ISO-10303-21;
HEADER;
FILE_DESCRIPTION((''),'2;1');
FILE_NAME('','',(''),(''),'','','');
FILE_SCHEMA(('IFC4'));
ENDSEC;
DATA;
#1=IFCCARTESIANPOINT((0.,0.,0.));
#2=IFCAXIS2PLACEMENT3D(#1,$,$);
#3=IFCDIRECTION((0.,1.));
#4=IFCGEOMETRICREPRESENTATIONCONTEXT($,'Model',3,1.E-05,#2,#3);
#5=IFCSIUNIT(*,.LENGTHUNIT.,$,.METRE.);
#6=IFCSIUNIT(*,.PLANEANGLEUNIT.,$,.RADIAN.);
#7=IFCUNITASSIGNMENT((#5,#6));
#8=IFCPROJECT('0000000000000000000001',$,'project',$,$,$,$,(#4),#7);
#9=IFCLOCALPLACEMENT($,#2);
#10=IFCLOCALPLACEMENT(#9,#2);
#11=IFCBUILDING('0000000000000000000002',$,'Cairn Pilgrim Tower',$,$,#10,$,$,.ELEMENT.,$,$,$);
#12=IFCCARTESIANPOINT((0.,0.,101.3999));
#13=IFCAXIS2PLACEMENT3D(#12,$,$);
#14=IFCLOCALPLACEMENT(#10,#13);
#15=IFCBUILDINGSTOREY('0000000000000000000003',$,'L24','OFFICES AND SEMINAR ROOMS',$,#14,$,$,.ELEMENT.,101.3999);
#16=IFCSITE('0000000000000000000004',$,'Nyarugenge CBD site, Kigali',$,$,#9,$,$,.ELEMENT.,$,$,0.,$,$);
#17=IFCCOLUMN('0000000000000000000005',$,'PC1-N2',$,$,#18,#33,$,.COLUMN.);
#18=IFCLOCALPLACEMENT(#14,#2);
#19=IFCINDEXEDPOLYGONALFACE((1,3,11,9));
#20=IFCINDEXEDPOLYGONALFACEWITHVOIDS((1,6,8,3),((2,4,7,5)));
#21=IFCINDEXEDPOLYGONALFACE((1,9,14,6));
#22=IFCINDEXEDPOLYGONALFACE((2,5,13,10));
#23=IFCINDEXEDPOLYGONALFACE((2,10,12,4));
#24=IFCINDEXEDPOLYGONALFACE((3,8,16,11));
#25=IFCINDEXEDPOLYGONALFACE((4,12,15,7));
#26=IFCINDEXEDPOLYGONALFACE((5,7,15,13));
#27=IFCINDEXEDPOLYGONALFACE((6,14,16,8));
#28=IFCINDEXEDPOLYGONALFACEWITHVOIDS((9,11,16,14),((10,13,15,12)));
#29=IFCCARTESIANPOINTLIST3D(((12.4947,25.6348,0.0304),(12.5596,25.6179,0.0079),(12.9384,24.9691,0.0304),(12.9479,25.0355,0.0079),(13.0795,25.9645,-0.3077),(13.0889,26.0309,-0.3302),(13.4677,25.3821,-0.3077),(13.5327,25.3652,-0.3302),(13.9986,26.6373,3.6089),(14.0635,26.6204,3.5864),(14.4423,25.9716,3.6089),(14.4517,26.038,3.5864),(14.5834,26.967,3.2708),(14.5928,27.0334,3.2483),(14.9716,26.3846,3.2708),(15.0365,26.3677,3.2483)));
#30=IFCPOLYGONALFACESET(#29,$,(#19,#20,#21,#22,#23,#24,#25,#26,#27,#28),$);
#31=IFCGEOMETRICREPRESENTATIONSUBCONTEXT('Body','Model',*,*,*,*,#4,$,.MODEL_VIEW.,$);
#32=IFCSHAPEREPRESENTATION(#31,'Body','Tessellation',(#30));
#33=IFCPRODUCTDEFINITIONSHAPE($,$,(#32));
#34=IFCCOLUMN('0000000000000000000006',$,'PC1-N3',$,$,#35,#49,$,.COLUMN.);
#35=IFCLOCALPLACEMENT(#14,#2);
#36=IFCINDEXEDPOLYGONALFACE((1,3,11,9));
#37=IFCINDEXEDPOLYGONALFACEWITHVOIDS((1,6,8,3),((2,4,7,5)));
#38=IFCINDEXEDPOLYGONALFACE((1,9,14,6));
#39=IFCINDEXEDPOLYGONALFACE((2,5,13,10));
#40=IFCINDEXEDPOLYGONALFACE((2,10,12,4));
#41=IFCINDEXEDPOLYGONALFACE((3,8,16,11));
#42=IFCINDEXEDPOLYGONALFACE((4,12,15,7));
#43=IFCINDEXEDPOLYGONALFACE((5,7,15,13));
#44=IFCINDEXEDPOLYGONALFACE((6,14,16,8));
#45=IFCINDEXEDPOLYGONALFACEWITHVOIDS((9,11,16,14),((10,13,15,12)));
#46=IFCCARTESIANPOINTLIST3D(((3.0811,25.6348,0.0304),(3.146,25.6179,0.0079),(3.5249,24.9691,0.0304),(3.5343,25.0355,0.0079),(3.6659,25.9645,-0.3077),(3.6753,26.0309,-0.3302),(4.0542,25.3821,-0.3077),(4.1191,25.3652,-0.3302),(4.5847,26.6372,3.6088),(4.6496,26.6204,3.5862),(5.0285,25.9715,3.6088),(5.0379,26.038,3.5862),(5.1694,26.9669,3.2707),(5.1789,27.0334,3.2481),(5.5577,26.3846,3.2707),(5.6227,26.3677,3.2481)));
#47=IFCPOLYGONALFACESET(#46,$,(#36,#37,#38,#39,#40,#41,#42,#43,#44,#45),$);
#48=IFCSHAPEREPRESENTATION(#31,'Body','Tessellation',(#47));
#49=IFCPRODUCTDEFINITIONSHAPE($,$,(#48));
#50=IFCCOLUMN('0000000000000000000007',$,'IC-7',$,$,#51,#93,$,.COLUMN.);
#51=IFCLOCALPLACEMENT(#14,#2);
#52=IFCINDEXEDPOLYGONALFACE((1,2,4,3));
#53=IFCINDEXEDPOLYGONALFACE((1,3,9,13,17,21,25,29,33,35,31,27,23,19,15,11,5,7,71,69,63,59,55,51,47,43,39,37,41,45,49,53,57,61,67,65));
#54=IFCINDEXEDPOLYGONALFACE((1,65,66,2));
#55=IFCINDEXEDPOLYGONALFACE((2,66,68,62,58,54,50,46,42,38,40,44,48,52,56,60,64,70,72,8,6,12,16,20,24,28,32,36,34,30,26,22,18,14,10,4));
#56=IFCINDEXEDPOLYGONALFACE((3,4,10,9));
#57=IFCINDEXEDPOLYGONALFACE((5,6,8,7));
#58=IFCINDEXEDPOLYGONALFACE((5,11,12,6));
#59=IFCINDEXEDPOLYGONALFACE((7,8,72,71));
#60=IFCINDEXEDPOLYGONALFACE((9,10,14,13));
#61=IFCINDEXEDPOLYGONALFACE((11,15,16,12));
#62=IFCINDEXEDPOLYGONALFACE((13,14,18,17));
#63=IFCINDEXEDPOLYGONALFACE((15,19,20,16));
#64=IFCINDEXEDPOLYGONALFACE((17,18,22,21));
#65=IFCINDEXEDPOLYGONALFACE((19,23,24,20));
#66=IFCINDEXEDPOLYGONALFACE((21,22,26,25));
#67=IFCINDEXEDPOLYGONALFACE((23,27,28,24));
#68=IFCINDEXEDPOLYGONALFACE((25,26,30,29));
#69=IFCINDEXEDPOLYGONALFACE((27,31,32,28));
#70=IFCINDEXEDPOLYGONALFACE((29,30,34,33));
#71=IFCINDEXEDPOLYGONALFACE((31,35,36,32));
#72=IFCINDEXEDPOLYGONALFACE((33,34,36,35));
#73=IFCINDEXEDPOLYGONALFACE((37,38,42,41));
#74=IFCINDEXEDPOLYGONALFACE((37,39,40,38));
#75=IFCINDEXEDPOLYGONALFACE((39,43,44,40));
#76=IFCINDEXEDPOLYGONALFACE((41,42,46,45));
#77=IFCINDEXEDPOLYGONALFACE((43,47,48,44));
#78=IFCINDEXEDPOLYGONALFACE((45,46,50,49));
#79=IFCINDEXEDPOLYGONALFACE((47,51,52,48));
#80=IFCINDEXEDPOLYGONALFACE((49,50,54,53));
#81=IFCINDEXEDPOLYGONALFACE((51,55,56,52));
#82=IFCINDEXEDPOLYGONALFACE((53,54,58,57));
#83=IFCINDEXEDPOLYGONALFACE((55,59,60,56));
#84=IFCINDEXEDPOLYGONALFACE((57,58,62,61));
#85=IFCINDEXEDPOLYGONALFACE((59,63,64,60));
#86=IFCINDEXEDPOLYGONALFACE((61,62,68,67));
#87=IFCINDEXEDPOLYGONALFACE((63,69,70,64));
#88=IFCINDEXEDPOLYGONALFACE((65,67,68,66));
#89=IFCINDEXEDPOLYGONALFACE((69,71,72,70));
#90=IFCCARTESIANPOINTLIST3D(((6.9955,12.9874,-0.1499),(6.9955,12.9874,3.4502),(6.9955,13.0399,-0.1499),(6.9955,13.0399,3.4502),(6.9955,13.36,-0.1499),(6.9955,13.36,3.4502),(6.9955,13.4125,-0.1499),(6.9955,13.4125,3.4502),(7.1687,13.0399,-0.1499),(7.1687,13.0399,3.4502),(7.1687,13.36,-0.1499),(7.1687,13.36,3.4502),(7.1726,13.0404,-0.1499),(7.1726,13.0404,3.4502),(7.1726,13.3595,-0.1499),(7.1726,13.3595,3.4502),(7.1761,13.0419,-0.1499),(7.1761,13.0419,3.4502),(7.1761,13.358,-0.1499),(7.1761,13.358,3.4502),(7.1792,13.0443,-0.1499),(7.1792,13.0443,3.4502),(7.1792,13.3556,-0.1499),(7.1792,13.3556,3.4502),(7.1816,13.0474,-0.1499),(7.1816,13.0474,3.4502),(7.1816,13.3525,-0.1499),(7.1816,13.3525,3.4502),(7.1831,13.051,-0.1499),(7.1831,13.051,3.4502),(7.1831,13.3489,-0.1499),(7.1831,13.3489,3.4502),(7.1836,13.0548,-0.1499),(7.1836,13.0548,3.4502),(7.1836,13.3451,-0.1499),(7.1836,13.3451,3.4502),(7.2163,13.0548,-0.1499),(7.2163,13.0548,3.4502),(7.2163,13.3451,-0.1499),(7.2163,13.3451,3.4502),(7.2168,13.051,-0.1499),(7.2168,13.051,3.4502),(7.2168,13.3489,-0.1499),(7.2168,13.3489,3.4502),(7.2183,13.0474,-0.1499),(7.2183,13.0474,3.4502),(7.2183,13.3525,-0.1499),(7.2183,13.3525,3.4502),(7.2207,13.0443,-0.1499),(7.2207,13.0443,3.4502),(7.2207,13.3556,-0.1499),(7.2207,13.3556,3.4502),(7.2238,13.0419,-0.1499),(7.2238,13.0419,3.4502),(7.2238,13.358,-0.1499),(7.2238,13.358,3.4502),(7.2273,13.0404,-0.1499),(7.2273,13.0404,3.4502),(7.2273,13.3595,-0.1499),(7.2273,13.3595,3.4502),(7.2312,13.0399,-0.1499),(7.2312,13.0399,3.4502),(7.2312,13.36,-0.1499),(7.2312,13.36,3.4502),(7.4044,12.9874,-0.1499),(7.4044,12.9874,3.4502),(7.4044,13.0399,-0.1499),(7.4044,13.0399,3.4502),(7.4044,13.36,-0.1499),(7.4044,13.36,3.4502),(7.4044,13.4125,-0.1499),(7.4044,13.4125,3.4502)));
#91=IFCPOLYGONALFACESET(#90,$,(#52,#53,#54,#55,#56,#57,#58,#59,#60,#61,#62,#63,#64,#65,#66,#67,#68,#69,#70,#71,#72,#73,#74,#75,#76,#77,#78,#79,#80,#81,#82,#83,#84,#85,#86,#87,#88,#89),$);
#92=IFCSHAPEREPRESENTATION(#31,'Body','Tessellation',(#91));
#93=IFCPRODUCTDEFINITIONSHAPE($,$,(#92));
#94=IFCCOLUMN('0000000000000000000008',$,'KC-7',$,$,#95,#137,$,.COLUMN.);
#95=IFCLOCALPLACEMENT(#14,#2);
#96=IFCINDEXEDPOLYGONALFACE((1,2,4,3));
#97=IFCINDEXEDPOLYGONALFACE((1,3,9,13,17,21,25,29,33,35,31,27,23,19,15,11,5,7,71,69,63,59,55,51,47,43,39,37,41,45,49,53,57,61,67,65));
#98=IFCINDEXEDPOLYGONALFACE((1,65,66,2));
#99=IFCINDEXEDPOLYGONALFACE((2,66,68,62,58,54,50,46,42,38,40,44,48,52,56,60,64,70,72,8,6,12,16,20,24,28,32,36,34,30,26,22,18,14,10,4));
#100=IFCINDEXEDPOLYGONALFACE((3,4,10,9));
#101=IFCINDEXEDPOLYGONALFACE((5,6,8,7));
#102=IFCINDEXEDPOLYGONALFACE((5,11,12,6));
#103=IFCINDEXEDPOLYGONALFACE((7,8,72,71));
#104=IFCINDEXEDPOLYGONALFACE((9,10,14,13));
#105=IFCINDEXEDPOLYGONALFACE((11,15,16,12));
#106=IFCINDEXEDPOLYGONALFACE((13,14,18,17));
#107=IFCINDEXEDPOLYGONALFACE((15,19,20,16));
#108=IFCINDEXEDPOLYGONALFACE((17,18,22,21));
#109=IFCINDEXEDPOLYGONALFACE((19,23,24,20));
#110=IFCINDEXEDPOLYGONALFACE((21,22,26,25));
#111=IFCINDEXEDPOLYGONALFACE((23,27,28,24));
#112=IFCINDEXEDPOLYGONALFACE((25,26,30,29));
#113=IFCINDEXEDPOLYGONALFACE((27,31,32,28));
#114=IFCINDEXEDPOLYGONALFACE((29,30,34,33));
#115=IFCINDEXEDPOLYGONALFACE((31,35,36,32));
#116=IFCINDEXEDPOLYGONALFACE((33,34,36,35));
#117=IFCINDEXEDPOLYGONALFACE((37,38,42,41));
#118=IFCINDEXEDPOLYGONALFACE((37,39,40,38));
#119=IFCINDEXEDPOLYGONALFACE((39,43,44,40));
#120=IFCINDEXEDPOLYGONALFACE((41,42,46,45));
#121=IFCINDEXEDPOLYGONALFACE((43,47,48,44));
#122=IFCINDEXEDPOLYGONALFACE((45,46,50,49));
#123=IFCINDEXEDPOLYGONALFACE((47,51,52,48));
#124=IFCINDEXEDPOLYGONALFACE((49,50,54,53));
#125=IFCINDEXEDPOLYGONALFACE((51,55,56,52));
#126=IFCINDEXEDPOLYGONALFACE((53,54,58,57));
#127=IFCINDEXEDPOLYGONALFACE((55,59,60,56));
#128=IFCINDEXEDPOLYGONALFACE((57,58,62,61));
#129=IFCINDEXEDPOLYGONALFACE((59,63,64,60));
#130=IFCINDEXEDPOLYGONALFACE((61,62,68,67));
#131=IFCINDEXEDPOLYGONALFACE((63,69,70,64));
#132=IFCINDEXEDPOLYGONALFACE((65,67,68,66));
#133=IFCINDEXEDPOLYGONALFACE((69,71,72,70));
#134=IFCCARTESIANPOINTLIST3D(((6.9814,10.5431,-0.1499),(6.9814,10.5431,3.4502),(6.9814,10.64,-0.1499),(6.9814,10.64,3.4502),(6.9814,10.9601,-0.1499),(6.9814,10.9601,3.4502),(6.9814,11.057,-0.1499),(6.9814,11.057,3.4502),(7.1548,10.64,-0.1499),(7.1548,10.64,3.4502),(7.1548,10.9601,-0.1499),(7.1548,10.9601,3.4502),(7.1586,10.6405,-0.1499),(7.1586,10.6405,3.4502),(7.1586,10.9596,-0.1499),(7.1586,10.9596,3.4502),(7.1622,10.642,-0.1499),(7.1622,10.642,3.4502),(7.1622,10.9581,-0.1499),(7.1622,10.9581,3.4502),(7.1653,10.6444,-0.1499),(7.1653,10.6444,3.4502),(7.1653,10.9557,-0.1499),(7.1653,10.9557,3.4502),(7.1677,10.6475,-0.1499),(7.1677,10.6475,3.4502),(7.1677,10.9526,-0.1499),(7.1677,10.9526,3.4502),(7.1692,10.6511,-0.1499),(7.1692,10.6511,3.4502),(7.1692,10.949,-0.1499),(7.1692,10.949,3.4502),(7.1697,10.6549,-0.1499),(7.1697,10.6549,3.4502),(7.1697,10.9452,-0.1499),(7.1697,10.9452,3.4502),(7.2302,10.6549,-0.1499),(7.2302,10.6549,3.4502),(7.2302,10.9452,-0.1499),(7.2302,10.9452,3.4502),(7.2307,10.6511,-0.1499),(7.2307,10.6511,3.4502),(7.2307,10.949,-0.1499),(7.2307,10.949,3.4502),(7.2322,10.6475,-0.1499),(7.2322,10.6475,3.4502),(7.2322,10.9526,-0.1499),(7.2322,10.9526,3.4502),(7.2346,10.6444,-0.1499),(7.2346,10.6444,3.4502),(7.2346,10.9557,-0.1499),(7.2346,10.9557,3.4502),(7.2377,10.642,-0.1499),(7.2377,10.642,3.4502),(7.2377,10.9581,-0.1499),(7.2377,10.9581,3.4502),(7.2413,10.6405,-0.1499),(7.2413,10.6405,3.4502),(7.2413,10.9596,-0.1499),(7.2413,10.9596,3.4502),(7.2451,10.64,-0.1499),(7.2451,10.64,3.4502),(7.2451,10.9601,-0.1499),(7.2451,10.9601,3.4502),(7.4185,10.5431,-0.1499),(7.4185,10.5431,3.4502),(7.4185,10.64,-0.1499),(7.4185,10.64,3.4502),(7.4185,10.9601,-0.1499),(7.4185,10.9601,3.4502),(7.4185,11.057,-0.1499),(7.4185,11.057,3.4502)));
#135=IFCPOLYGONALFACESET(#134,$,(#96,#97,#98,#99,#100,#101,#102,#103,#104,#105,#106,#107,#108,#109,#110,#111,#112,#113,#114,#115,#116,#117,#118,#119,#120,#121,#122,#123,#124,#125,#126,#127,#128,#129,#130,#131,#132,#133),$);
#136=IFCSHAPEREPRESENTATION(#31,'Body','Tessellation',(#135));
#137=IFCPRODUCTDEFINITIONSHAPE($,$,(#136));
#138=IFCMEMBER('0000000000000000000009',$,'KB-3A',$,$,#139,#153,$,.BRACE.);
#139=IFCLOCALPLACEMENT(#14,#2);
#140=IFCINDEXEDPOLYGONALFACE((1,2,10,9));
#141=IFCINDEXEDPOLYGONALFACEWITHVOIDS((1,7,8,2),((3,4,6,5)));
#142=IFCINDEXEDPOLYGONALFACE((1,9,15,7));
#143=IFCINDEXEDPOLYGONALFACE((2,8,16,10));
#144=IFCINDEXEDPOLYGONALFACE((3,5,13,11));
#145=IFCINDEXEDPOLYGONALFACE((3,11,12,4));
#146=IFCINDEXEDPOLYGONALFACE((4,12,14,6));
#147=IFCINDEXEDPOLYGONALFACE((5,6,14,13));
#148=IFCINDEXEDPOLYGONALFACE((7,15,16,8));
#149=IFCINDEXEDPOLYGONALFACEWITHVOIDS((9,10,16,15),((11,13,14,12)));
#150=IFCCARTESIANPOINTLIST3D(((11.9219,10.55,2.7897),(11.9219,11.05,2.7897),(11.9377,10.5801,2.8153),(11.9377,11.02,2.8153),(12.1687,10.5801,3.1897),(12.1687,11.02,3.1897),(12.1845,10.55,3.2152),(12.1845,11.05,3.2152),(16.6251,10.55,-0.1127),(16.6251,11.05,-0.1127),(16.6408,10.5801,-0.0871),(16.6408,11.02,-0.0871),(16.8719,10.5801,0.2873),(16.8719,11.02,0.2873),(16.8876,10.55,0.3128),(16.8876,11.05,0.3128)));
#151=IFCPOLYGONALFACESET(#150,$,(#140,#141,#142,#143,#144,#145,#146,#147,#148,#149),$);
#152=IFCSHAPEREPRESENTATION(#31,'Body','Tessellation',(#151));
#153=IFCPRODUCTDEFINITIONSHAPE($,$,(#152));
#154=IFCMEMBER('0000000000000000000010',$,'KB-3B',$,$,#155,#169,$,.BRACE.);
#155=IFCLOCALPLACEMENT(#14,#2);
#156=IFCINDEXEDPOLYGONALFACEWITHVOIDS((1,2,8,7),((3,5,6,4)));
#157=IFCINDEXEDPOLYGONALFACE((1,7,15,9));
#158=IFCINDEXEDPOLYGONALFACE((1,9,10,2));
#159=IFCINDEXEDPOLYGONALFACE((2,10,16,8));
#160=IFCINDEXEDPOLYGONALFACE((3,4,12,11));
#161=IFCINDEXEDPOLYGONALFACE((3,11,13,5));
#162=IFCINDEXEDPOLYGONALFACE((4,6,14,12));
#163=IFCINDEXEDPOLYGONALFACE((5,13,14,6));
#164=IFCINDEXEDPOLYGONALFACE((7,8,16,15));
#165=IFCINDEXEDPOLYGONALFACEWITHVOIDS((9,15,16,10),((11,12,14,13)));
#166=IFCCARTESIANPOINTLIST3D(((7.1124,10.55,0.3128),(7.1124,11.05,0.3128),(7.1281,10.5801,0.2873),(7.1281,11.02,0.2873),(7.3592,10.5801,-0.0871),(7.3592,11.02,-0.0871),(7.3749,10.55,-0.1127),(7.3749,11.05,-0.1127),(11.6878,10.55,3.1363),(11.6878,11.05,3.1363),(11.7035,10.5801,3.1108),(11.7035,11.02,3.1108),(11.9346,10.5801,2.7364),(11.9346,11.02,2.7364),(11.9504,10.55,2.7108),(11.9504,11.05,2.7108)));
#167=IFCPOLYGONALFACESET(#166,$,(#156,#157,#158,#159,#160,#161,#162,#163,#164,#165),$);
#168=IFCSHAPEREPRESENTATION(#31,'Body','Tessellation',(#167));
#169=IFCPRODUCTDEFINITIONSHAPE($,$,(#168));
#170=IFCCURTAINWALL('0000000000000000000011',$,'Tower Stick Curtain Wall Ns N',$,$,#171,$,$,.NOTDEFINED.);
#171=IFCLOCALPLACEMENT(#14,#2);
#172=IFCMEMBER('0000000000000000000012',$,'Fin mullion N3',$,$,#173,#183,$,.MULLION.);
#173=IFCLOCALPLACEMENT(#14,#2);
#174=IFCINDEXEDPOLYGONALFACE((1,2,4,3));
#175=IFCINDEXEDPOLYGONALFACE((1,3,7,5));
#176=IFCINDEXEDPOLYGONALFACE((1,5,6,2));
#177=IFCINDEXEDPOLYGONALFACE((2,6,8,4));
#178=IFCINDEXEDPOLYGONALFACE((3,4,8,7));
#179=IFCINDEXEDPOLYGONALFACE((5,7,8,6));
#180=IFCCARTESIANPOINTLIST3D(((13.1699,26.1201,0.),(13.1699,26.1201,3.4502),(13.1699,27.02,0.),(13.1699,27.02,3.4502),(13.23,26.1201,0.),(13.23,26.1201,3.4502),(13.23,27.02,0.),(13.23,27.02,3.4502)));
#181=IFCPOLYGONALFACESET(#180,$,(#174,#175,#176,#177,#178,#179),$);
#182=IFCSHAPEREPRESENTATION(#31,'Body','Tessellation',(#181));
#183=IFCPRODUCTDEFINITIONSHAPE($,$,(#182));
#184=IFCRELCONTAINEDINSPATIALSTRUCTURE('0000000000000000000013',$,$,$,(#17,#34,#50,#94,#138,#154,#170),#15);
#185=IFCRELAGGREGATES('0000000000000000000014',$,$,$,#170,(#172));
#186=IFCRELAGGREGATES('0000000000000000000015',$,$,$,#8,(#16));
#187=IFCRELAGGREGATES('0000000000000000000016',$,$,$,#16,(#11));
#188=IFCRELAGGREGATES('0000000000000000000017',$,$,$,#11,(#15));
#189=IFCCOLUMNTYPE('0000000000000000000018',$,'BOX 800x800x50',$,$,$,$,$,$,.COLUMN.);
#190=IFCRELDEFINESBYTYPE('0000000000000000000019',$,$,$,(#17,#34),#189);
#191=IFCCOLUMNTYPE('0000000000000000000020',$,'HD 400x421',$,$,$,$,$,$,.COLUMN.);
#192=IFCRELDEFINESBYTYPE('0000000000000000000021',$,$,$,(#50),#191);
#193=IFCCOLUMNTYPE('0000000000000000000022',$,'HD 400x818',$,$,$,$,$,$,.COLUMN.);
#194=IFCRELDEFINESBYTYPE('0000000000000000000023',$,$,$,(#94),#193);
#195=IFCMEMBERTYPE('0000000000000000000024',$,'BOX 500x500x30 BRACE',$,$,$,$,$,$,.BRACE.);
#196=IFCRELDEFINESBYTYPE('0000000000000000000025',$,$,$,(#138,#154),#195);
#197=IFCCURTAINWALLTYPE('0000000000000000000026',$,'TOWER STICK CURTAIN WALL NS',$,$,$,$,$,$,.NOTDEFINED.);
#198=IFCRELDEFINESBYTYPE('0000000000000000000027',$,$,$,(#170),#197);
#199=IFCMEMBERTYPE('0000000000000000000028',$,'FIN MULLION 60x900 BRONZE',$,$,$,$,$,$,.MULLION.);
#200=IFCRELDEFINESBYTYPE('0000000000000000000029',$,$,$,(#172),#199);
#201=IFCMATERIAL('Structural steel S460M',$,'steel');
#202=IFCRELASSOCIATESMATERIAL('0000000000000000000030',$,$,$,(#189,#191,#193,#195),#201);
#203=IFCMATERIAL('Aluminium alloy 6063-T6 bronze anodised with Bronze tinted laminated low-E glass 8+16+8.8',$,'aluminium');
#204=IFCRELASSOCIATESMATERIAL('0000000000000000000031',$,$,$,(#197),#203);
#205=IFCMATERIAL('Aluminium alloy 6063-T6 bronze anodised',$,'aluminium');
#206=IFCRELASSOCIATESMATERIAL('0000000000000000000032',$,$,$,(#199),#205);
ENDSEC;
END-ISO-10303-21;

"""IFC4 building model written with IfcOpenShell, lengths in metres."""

from ifc_helpers import new_model, si_unit, direction, frame, origin, origin_2d, place, context, subcontext, project, spatial, rectangle, hollow_rectangle, i_section, extrude, clip, halfspace, material, material_profile, profile_set, type_object, element, aggregate, save


model = new_model("IFC4")

# Units and contexts
model_context = context("Model", 3, precision=1e-05, world=origin(), true_north=direction((0.0, 1.0)))
body_context = subcontext(model_context, "Body", "Model", "MODEL_VIEW")
ifc_project = project(units=[si_unit("LENGTHUNIT", "METRE"), si_unit("PLANEANGLEUNIT", "RADIAN")], contexts=[model_context])

# Site, building, storey
site_placement = place(None, origin())
site = spatial("IfcSite", under=ifc_project, at=site_placement, Name="Nyarugenge CBD site, Kigali", CompositionType="ELEMENT", RefElevation=0.0)
building_placement = place(site_placement, origin())
building = spatial("IfcBuilding", under=site, at=building_placement, Name="Cairn Pilgrim Tower", CompositionType="ELEMENT")
storey_placement = place(building_placement, frame((0.0, 0.0, 101.3999)))
storey = spatial("IfcBuildingStorey", under=building, at=storey_placement, Name="L24", Description="OFFICES AND SEMINAR ROOMS", CompositionType="ELEMENT", Elevation=101.3999)

# Columns
ifc_material_1 = material(Name="Structural steel S460M", Category="steel")
ifc_material_profile_1 = material_profile(ifc_material_1, hollow_rectangle(XDim=0.8, YDim=0.8, WallThickness=0.05, at=origin_2d()), Name="BOX 800x800x50")
ifc_profile_set_1 = profile_set([ifc_material_profile_1], Name="Structural steel S460M")
column_type_1 = type_object("IfcColumnType", Name="BOX 800x800x50", PredefinedType="COLUMN", material=ifc_profile_set_1)
column_1_placement = place(storey_placement, frame((13.0137, 25.5, -0.1499), z_axis=(0.37512, 0.25006, 0.892612), x_axis=(-0.554669, 0.832071, 0.0)))
element("IfcColumn", 1, at=column_1_placement, inside=storey, type_object=column_type_1, Name="PC1-N2", PredefinedType="COLUMN", context=body_context, shape_type="Clipping", body=[
    clip(extrude(hollow_rectangle(XDim=0.8, YDim=0.8, WallThickness=0.05, at=origin_2d()), origin(), (0.0, 0.0, 1.0), 4.0332), halfspace(frame((0.0, 0.0, 4.009), z_axis=(0.0, 0.0, 1.0), x_axis=(1.0, 0.0, 0.0)), False)),
])
column_2_placement = place(storey_placement, frame((3.6001, 25.5, -0.1499), z_axis=(0.375068, 0.250065, 0.892632), x_axis=(-0.554731, 0.83203, 0.0)))
element("IfcColumn", 2, at=column_2_placement, inside=storey, type_object=column_type_1, Name="PC1-N3", PredefinedType="COLUMN", context=body_context, shape_type="Clipping", body=[
    clip(extrude(hollow_rectangle(XDim=0.8, YDim=0.8, WallThickness=0.05, at=origin_2d()), origin(), (0.0, 0.0, 1.0), 4.0332), halfspace(frame((0.0, 0.0, 4.0088), z_axis=(0.0, 0.0, 1.0), x_axis=(1.0, 0.0, 0.0)), False)),
])
ifc_material_profile_2 = material_profile(ifc_material_1, i_section(OverallWidth=0.4089, OverallDepth=0.425, WebThickness=0.0327, FlangeThickness=0.0525, FilletRadius=0.0149, at=origin_2d()), Name="HD 400x421")
ifc_profile_set_2 = profile_set([ifc_material_profile_2], Name="Structural steel S460M")
column_type_2 = type_object("IfcColumnType", Name="HD 400x421", PredefinedType="COLUMN", material=ifc_profile_set_2)
column_3_placement = place(storey_placement, frame((7.2, 13.2, -0.1499), z_axis=(0.0, 0.0, 1.0), x_axis=(1.0, 0.0, 0.0)))
element("IfcColumn", 3, at=column_3_placement, inside=storey, type_object=column_type_2, Name="IC-7", PredefinedType="COLUMN", context=body_context, shape_type="SweptSolid", body=[
    extrude(i_section(OverallWidth=0.4089, OverallDepth=0.425, WebThickness=0.0327, FlangeThickness=0.0525, FilletRadius=0.0149, at=origin_2d()), origin(), (0.0, 0.0, 1.0), 3.6001),
])
ifc_material_profile_3 = material_profile(ifc_material_1, i_section(OverallWidth=0.437, OverallDepth=0.5139, WebThickness=0.0605, FlangeThickness=0.0969, FilletRadius=0.0149, at=origin_2d()), Name="HD 400x818")
ifc_profile_set_3 = profile_set([ifc_material_profile_3], Name="Structural steel S460M")
column_type_3 = type_object("IfcColumnType", Name="HD 400x818", PredefinedType="COLUMN", material=ifc_profile_set_3)
column_4_placement = place(storey_placement, frame((7.2, 10.8, -0.1499), z_axis=(0.0, 0.0, 1.0), x_axis=(1.0, 0.0, 0.0)))
element("IfcColumn", 4, at=column_4_placement, inside=storey, type_object=column_type_3, Name="KC-7", PredefinedType="COLUMN", context=body_context, shape_type="SweptSolid", body=[
    extrude(i_section(OverallWidth=0.437, OverallDepth=0.5139, WebThickness=0.0605, FlangeThickness=0.0969, FilletRadius=0.0149, at=origin_2d()), origin(), (0.0, 0.0, 1.0), 3.6001),
])

# Members
ifc_material_profile_4 = material_profile(ifc_material_1, hollow_rectangle(XDim=0.5, YDim=0.5, WallThickness=0.03, at=origin_2d()), Name="BOX 500x500x30")
ifc_profile_set_4 = profile_set([ifc_material_profile_4], Name="Structural steel S460M")
member_type_1 = type_object("IfcMemberType", Name="BOX 500x500x30 BRACE", PredefinedType="BRACE", material=ifc_profile_set_4)
member_1_placement = place(storey_placement, frame((16.7563, 10.8, 0.1001), z_axis=(-0.851002, 0.0, 0.525162), x_axis=(0.0, -1.0, 0.0)))
element("IfcMember", 5, at=member_1_placement, inside=storey, type_object=member_type_1, Name="KB-3A", PredefinedType="BRACE", context=body_context, shape_type="SweptSolid", body=[
    extrude(hollow_rectangle(XDim=0.5, YDim=0.5, WallThickness=0.03, at=origin_2d()), origin(), (0.0, 0.0, 1.0), 5.5266),
])
member_2_placement = place(storey_placement, frame((7.2437, 10.8, 0.1001), z_axis=(0.851008, 0.0, 0.525154), x_axis=(0.0, 1.0, 0.0)))
element("IfcMember", 6, at=member_2_placement, inside=storey, type_object=member_type_1, Name="KB-3B", PredefinedType="BRACE", context=body_context, shape_type="SweptSolid", body=[
    extrude(hollow_rectangle(XDim=0.5, YDim=0.5, WallThickness=0.03, at=origin_2d()), origin(), (0.0, 0.0, 1.0), 5.3765),
])

# Curtain wall, member
ifc_material_2 = material(Name="Aluminium alloy 6063-T6 bronze anodised with Bronze tinted laminated low-E glass 8+16+8.8", Category="aluminium")
curtain_wall_type = type_object("IfcCurtainWallType", Name="TOWER STICK CURTAIN WALL NS", PredefinedType="NOTDEFINED", material=ifc_material_2)
curtain_wall_placement = place(storey_placement, origin())
curtain_wall = element("IfcCurtainWall", 7, at=curtain_wall_placement, inside=storey, type_object=curtain_wall_type, Name="Tower Stick Curtain Wall Ns N", PredefinedType="NOTDEFINED")
ifc_material_3 = material(Name="Aluminium alloy 6063-T6 bronze anodised", Category="aluminium")
ifc_material_profile_5 = material_profile(ifc_material_3, rectangle(XDim=0.8999, YDim=0.0601, at=origin_2d()), Name="FIN MULLION 60x900 BRONZE")
ifc_profile_set_5 = profile_set([ifc_material_profile_5], Name="Aluminium alloy 6063-T6 bronze anodised")
member_type_2 = type_object("IfcMemberType", Name="FIN MULLION 60x900 BRONZE", PredefinedType="MULLION", material=ifc_profile_set_5)
member_3_placement = place(storey_placement, frame((13.2, 26.5701, 0.0), z_axis=(0.0, 0.0, 1.0), x_axis=(0.0, 1.0, 0.0)))
member_3 = element("IfcMember", 8, at=member_3_placement, type_object=member_type_2, Name="Fin mullion N3", PredefinedType="MULLION", context=body_context, shape_type="SweptSolid", body=[
    extrude(rectangle(XDim=0.8999, YDim=0.0601, at=origin_2d()), origin(), (0.0, 0.0, 1.0), 3.4502),
])

aggregate(curtain_wall, [member_3])

save(model, "model.ifc")
